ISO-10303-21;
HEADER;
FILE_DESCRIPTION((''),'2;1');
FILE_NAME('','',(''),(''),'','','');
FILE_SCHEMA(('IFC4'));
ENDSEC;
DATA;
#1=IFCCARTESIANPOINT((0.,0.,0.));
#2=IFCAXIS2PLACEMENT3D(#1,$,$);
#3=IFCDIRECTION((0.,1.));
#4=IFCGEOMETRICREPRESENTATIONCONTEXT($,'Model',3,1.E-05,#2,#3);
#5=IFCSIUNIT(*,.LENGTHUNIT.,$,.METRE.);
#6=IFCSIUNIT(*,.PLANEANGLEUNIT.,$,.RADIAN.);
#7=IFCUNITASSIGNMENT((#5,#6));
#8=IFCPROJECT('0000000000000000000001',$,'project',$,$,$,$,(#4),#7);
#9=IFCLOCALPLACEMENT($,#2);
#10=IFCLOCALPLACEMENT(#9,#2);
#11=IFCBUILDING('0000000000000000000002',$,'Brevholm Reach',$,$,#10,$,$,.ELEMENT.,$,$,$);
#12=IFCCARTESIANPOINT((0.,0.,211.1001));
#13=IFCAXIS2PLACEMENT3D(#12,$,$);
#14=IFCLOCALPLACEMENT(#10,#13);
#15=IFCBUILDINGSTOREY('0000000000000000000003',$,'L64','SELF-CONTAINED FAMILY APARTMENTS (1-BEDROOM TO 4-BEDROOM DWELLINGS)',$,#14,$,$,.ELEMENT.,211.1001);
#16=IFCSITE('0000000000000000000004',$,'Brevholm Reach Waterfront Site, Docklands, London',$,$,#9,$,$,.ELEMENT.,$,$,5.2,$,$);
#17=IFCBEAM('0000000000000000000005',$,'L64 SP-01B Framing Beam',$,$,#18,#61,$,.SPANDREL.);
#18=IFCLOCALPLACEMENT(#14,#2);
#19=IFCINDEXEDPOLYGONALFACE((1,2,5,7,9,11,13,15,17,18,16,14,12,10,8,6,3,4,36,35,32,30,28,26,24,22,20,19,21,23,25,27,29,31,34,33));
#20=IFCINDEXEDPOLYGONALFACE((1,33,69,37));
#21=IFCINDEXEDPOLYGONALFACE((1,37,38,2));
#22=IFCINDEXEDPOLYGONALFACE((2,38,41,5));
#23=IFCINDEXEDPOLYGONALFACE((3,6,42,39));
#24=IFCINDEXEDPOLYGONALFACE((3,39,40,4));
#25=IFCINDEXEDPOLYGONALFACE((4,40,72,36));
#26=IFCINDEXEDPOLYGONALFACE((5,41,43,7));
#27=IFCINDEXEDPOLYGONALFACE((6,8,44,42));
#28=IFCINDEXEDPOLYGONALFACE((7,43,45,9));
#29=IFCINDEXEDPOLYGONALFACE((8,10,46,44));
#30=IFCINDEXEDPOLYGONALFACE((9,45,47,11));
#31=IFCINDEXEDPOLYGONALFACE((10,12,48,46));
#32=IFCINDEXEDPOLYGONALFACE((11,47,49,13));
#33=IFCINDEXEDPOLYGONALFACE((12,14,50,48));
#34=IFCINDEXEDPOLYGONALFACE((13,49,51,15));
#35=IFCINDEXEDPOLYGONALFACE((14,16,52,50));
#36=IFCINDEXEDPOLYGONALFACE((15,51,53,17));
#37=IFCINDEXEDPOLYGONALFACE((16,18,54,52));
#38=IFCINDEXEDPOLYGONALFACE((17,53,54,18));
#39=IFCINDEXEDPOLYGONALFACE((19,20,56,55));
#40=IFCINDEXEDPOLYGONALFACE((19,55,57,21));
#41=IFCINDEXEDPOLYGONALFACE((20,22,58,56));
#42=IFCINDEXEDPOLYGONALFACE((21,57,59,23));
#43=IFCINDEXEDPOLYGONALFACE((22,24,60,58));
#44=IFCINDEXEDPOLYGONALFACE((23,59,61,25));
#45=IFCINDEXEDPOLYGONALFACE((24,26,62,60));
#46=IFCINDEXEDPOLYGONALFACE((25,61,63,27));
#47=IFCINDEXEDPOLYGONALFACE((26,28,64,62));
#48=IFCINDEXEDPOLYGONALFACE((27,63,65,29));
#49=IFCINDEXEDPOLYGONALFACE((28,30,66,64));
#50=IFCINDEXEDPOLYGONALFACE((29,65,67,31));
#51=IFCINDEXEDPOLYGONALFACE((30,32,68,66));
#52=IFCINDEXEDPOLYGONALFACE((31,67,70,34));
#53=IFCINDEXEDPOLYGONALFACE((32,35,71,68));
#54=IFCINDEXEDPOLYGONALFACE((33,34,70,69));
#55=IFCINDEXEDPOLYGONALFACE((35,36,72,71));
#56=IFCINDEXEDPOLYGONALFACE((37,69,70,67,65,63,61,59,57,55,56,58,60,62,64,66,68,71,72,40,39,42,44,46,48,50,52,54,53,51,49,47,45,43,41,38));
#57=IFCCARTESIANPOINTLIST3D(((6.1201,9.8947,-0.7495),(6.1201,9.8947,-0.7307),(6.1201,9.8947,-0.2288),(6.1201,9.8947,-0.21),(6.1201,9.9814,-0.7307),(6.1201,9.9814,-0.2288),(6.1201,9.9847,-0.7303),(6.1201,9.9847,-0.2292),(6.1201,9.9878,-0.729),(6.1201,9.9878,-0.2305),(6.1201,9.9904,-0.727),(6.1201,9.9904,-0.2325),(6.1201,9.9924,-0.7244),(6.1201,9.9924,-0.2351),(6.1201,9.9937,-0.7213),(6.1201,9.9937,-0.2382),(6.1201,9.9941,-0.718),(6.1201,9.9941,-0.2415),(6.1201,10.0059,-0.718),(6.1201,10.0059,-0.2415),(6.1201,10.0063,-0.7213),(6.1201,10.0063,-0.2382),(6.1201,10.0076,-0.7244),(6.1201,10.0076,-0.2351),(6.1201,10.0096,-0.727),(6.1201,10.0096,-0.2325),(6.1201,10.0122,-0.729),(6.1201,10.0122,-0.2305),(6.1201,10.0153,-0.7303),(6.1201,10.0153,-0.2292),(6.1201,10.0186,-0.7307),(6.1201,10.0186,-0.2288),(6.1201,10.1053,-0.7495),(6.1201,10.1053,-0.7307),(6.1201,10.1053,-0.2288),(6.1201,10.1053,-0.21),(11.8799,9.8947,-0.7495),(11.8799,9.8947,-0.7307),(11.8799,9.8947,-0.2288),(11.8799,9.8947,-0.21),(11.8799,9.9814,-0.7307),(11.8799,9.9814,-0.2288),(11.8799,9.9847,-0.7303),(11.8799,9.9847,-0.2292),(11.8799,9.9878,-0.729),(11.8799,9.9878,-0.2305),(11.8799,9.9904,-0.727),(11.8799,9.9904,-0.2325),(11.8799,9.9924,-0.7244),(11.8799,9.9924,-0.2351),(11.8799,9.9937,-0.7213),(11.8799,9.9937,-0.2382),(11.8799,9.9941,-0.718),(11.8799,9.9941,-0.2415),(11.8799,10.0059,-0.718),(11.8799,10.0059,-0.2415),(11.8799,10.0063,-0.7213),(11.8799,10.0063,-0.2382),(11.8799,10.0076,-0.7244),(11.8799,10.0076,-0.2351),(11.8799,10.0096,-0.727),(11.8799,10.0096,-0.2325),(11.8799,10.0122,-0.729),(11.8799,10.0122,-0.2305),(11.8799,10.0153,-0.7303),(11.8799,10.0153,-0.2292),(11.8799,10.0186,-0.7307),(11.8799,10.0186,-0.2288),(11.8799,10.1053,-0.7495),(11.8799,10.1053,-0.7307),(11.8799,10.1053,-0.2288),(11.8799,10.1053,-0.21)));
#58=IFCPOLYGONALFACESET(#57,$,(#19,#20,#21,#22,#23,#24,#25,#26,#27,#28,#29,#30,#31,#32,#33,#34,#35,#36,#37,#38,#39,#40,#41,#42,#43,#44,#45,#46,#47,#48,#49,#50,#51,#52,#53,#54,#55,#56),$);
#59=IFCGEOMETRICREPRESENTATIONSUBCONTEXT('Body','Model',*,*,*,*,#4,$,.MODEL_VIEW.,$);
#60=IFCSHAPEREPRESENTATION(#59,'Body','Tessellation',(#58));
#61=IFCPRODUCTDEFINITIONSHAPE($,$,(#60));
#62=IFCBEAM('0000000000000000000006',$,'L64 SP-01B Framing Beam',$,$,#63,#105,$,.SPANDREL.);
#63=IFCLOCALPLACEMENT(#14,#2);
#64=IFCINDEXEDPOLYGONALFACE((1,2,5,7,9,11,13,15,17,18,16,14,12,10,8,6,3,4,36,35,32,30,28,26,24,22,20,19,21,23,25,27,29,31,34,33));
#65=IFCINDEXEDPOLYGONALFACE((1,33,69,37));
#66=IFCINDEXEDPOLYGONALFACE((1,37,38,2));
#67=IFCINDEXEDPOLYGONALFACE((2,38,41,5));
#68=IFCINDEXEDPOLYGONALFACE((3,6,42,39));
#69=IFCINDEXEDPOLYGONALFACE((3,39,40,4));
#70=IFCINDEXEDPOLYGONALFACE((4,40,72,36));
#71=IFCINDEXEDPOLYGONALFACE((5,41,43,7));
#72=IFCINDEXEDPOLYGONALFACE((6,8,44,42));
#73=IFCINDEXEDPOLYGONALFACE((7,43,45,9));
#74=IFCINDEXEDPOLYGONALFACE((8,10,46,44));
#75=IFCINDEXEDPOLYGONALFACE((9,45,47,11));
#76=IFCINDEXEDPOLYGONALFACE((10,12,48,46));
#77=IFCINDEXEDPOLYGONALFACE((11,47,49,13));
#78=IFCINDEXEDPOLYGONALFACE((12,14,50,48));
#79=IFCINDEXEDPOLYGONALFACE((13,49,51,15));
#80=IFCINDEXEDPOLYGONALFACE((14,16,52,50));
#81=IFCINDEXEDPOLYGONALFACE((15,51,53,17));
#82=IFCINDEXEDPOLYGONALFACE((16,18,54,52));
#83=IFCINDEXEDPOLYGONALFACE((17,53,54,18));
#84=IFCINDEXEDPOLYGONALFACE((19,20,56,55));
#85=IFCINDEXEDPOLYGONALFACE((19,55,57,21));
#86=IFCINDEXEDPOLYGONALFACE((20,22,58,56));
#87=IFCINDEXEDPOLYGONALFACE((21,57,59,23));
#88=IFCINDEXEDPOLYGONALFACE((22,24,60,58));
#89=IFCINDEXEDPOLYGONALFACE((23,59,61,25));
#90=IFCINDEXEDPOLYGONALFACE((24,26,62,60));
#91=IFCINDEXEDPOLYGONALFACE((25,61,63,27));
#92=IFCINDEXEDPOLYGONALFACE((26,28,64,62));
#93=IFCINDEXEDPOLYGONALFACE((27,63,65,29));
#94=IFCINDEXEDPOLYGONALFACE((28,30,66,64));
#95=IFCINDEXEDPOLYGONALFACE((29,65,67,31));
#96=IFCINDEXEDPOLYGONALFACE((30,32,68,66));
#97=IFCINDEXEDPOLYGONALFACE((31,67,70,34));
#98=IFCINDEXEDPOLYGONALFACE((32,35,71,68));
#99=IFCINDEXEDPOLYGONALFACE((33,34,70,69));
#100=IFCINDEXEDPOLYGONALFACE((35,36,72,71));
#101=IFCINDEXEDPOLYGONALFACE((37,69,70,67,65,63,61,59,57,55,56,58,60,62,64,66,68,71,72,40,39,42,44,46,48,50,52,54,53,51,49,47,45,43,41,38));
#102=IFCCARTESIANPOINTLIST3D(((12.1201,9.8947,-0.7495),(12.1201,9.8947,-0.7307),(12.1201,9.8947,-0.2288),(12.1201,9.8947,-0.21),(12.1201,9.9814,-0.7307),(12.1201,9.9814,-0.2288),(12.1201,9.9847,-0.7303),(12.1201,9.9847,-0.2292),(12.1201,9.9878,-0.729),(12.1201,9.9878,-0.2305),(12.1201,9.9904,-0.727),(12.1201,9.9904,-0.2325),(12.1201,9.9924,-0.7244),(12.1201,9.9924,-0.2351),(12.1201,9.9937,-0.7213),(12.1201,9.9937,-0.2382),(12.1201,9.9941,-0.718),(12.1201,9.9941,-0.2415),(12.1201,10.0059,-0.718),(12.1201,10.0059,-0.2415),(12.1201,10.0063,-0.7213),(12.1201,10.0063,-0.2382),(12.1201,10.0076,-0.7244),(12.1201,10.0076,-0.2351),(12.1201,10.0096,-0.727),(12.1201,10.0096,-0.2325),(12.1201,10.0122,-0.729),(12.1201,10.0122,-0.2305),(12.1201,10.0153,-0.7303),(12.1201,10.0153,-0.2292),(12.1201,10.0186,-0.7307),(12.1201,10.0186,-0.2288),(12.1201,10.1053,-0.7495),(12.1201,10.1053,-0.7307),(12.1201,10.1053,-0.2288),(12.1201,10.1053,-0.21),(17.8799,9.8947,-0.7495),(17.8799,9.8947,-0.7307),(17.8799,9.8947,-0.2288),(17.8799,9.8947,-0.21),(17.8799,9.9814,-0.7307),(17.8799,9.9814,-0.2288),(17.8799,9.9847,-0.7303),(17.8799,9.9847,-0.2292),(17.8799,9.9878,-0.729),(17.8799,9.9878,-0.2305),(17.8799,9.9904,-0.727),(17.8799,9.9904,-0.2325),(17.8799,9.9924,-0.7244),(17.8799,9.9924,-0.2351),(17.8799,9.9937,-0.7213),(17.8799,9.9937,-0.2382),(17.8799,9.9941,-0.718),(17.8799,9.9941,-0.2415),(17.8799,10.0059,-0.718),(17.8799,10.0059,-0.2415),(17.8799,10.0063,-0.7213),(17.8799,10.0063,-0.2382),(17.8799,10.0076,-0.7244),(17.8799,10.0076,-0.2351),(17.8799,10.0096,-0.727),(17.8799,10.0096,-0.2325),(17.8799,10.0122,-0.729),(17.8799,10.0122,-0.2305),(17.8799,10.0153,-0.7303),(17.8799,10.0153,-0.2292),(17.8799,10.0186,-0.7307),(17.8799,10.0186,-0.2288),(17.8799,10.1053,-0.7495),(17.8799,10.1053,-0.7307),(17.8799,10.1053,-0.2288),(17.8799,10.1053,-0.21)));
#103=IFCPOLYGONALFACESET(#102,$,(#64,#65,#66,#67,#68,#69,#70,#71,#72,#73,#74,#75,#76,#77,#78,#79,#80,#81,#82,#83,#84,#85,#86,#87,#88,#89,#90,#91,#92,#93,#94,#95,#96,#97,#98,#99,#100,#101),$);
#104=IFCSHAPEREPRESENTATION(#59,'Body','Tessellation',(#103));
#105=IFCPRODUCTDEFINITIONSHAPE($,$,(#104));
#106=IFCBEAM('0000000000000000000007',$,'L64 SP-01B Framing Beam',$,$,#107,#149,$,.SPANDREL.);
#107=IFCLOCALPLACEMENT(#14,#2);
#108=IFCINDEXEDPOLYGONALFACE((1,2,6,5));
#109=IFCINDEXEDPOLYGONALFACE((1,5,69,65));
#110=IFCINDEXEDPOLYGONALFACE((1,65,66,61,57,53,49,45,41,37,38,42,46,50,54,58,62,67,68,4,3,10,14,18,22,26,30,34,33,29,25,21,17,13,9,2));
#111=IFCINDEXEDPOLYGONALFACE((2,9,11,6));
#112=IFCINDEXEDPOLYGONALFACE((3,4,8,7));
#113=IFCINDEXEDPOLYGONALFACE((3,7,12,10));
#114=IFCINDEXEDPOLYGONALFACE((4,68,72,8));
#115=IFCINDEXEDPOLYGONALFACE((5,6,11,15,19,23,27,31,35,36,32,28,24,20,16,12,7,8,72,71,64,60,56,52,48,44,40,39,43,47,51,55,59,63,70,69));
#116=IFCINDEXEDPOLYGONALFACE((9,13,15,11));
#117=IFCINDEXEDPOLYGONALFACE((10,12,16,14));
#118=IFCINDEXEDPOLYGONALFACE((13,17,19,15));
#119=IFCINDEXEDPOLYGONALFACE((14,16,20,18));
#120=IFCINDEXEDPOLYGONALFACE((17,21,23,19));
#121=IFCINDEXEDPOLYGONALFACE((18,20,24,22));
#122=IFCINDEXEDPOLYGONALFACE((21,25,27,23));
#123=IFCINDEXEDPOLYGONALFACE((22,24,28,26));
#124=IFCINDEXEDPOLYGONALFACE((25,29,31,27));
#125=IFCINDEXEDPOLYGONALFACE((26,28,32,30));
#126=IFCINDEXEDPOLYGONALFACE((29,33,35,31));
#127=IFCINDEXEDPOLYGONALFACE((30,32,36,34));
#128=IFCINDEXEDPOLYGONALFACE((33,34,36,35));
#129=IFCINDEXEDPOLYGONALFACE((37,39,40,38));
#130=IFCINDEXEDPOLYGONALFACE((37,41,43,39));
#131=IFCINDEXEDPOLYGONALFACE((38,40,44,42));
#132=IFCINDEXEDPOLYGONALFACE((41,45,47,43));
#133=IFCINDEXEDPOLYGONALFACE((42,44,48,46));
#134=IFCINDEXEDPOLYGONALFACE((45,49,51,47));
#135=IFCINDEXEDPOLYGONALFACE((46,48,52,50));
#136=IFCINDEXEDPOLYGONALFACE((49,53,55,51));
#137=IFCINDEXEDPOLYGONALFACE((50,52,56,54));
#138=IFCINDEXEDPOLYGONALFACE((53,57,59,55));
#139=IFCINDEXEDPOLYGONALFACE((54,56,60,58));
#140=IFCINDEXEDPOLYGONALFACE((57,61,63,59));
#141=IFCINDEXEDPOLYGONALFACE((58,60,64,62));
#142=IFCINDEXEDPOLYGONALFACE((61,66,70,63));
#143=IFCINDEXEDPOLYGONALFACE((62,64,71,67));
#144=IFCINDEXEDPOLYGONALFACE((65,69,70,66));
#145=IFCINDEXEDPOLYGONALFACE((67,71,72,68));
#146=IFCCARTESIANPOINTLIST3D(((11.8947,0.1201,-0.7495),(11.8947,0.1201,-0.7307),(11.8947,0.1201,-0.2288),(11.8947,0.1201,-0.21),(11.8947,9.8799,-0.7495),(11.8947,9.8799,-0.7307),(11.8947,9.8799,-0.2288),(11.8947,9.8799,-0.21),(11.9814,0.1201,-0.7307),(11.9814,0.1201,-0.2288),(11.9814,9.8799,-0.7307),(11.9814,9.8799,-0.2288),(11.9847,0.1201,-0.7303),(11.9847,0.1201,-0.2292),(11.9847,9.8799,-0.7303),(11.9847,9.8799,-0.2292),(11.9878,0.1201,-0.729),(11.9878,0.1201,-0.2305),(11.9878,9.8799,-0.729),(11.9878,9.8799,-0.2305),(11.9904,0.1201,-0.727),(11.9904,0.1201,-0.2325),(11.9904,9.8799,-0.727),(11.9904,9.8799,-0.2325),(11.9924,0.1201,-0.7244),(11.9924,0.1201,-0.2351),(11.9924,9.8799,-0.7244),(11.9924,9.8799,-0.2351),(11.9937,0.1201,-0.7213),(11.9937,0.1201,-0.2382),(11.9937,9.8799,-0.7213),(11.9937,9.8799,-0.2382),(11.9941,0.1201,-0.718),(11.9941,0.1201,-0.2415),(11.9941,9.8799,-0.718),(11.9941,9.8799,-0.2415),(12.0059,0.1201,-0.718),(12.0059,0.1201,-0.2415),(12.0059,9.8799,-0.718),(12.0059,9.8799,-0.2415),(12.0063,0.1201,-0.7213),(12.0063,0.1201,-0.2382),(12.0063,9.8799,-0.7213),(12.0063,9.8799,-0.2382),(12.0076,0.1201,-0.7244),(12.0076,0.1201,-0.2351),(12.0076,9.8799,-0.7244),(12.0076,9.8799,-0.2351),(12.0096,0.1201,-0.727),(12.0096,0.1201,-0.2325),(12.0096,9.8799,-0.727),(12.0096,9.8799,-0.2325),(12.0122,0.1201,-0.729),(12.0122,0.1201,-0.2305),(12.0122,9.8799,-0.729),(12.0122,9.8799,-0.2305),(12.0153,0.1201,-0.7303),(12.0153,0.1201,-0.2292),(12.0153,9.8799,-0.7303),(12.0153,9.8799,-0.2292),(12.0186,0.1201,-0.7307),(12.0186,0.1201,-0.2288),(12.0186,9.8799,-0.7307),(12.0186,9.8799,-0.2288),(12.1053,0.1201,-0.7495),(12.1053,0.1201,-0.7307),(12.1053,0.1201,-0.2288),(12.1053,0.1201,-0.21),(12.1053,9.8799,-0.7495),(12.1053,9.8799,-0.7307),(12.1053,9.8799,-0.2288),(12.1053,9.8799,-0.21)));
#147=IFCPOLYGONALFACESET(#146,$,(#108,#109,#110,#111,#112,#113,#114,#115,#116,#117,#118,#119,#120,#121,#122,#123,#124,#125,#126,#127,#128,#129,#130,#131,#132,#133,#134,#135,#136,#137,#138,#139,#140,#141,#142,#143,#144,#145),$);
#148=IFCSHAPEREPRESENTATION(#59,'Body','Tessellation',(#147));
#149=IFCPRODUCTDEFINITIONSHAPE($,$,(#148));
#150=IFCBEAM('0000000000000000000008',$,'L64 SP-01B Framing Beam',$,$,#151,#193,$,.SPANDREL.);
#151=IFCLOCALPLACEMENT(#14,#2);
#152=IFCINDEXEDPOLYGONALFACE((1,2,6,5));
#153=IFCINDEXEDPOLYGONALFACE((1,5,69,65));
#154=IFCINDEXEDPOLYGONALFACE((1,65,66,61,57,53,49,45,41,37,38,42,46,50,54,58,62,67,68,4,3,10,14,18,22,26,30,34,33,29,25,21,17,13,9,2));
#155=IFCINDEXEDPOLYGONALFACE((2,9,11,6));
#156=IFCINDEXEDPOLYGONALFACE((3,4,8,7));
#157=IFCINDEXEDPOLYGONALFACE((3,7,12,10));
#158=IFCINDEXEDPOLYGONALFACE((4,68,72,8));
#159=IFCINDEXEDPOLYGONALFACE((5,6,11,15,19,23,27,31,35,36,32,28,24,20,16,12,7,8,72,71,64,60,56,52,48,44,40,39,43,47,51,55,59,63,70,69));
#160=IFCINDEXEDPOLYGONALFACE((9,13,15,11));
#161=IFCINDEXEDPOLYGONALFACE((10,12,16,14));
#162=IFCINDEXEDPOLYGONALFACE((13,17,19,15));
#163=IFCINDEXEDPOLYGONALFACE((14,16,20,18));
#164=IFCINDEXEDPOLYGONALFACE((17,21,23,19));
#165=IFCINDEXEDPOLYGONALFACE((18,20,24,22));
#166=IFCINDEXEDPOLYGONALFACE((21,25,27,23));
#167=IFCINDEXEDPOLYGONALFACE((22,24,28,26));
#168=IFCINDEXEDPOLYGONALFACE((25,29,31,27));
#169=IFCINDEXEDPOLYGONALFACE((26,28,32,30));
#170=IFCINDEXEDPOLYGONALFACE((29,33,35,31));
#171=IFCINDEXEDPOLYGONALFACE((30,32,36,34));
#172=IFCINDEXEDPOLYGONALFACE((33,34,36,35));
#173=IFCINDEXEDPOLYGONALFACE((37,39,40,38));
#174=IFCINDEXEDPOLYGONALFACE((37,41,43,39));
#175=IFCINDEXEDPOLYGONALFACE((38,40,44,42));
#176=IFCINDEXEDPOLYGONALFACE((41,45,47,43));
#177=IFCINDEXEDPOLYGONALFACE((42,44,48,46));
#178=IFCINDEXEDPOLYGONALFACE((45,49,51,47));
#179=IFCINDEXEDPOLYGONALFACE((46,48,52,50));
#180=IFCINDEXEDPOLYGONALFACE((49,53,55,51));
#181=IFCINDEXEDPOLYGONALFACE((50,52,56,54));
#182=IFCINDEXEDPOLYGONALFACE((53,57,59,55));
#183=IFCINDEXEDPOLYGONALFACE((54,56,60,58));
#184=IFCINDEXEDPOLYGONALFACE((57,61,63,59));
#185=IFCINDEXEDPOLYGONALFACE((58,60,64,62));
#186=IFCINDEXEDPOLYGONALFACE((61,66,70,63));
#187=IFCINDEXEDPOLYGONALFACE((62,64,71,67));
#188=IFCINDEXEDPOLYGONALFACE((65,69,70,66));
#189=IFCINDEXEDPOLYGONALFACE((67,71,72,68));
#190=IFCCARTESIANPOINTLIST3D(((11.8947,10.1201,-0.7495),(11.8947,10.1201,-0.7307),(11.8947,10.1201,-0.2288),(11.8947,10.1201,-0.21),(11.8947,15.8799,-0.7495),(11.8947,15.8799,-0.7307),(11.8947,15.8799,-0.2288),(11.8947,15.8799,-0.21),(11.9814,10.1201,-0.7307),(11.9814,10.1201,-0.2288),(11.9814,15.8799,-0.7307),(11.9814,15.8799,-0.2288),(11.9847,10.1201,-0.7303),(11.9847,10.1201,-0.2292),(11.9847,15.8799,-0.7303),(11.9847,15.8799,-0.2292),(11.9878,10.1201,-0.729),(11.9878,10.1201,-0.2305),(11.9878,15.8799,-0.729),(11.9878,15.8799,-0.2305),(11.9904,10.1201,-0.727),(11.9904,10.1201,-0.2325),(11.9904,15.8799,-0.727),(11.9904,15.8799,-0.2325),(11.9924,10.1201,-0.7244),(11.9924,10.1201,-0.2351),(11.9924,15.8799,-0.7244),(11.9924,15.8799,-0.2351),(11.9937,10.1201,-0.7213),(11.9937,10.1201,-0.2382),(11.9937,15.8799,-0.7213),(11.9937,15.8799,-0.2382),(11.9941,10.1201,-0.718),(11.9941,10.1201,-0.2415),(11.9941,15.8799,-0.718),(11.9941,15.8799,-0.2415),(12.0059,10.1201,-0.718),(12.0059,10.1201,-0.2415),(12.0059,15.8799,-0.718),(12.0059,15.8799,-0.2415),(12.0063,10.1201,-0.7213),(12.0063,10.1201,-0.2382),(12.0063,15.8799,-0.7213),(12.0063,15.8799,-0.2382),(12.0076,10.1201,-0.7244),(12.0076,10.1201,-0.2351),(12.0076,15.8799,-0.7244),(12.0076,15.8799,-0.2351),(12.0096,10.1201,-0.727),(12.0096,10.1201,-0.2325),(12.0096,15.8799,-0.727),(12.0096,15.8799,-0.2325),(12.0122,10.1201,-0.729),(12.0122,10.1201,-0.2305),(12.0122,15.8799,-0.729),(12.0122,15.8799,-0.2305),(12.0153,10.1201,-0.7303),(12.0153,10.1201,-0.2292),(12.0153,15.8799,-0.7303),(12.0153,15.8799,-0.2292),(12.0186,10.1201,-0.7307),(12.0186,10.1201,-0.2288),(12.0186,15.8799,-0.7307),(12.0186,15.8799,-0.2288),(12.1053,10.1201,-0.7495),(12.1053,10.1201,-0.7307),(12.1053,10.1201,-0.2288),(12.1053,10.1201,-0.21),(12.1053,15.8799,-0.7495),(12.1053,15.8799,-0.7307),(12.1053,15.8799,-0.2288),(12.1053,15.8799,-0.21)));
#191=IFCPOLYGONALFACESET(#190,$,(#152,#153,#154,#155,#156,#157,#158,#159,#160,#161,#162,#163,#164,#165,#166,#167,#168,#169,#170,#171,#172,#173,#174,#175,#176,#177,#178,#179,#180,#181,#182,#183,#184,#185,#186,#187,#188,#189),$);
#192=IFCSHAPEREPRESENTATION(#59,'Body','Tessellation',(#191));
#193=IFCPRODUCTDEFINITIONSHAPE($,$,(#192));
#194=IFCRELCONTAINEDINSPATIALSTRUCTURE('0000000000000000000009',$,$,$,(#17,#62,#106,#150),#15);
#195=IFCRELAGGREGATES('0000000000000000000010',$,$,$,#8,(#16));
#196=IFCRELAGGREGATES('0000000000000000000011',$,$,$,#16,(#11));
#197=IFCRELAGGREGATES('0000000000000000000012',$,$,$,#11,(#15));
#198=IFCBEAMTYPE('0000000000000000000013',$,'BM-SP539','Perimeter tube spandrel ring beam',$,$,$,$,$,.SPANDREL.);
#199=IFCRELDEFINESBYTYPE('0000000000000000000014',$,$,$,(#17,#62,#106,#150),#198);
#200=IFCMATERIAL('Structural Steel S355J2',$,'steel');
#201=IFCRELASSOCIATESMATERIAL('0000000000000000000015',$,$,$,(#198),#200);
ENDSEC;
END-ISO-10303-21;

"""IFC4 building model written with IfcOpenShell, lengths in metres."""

from ifc_helpers import new_model, si_unit, direction, frame, origin, origin_2d, place, context, subcontext, project, spatial, i_section, extrude, material, material_profile, profile_set, type_object, element, save


model = new_model("IFC4")

# Units and contexts
model_context = context("Model", 3, precision=1e-05, world=origin(), true_north=direction((0.0, 1.0)))
body_context = subcontext(model_context, "Body", "Model", "MODEL_VIEW")
ifc_project = project(units=[si_unit("LENGTHUNIT", "METRE"), si_unit("PLANEANGLEUNIT", "RADIAN")], contexts=[model_context])

# Site, building, storey
site_placement = place(None, origin())
site = spatial("IfcSite", under=ifc_project, at=site_placement, Name="Brevholm Reach Waterfront Site, Docklands, London", CompositionType="ELEMENT", RefElevation=5.2)
building_placement = place(site_placement, origin())
building = spatial("IfcBuilding", under=site, at=building_placement, Name="Brevholm Reach", CompositionType="ELEMENT")
storey_placement = place(building_placement, frame((0.0, 0.0, 211.1001)))
storey = spatial("IfcBuildingStorey", under=building, at=storey_placement, Name="L64", Description="SELF-CONTAINED FAMILY APARTMENTS (1-BEDROOM TO 4-BEDROOM DWELLINGS)", CompositionType="ELEMENT", Elevation=211.1001)

# Beams
ifc_material_1 = material(Name="Structural Steel S355J2", Category="steel")
ifc_material_profile_1 = material_profile(ifc_material_1, i_section(OverallWidth=0.2107, OverallDepth=0.5396, WebThickness=0.0117, FlangeThickness=0.0188, FilletRadius=0.0127, at=origin_2d()), Name="UKB 533x210x109")
ifc_profile_set_1 = profile_set([ifc_material_profile_1], Name="Structural Steel S355J2")
beam_type_1 = type_object("IfcBeamType", Name="BM-SP539", Description="Perimeter tube spandrel ring beam", PredefinedType="SPANDREL", material=ifc_profile_set_1)
for number, where, z_axis, x_axis, name in (
    (1, (6.1201, 10.0, -0.4797), (1.0, 0.0, 0.0), (0.0, 1.0, 0.0), "L64 SP-01B Framing Beam"),
    (2, (12.1201, 10.0, -0.4797), (1.0, 0.0, 0.0), (0.0, 1.0, 0.0), "L64 SP-01B Framing Beam"),
):
    element("IfcBeam", number, at=place(storey_placement, frame(where, z_axis=z_axis, x_axis=x_axis)), inside=storey, type_object=beam_type_1, Name=name, PredefinedType="SPANDREL", context=body_context, shape_type="SweptSolid", body=[
        extrude(i_section(OverallWidth=0.2107, OverallDepth=0.5396, WebThickness=0.0117, FlangeThickness=0.0188, FilletRadius=0.0127, at=origin_2d()), origin(), (0.0, 0.0, 1.0), 5.7598),
    ])
beam_1_placement = place(storey_placement, frame((12.0, 0.1201, -0.4797), z_axis=(0.0, 1.0, 0.0), x_axis=(-1.0, 0.0, 0.0)))
element("IfcBeam", 3, at=beam_1_placement, inside=storey, type_object=beam_type_1, Name="L64 SP-01B Framing Beam", PredefinedType="SPANDREL", context=body_context, shape_type="SweptSolid", body=[
    extrude(i_section(OverallWidth=0.2107, OverallDepth=0.5396, WebThickness=0.0117, FlangeThickness=0.0188, FilletRadius=0.0127, at=origin_2d()), origin(), (0.0, 0.0, 1.0), 9.7598),
])
beam_2_placement = place(storey_placement, frame((12.0, 10.1201, -0.4797), z_axis=(0.0, 1.0, 0.0), x_axis=(-1.0, 0.0, 0.0)))
element("IfcBeam", 4, at=beam_2_placement, inside=storey, type_object=beam_type_1, Name="L64 SP-01B Framing Beam", PredefinedType="SPANDREL", context=body_context, shape_type="SweptSolid", body=[
    extrude(i_section(OverallWidth=0.2107, OverallDepth=0.5396, WebThickness=0.0117, FlangeThickness=0.0188, FilletRadius=0.0127, at=origin_2d()), origin(), (0.0, 0.0, 1.0), 5.7598),
])

save(model, "model.ifc")
